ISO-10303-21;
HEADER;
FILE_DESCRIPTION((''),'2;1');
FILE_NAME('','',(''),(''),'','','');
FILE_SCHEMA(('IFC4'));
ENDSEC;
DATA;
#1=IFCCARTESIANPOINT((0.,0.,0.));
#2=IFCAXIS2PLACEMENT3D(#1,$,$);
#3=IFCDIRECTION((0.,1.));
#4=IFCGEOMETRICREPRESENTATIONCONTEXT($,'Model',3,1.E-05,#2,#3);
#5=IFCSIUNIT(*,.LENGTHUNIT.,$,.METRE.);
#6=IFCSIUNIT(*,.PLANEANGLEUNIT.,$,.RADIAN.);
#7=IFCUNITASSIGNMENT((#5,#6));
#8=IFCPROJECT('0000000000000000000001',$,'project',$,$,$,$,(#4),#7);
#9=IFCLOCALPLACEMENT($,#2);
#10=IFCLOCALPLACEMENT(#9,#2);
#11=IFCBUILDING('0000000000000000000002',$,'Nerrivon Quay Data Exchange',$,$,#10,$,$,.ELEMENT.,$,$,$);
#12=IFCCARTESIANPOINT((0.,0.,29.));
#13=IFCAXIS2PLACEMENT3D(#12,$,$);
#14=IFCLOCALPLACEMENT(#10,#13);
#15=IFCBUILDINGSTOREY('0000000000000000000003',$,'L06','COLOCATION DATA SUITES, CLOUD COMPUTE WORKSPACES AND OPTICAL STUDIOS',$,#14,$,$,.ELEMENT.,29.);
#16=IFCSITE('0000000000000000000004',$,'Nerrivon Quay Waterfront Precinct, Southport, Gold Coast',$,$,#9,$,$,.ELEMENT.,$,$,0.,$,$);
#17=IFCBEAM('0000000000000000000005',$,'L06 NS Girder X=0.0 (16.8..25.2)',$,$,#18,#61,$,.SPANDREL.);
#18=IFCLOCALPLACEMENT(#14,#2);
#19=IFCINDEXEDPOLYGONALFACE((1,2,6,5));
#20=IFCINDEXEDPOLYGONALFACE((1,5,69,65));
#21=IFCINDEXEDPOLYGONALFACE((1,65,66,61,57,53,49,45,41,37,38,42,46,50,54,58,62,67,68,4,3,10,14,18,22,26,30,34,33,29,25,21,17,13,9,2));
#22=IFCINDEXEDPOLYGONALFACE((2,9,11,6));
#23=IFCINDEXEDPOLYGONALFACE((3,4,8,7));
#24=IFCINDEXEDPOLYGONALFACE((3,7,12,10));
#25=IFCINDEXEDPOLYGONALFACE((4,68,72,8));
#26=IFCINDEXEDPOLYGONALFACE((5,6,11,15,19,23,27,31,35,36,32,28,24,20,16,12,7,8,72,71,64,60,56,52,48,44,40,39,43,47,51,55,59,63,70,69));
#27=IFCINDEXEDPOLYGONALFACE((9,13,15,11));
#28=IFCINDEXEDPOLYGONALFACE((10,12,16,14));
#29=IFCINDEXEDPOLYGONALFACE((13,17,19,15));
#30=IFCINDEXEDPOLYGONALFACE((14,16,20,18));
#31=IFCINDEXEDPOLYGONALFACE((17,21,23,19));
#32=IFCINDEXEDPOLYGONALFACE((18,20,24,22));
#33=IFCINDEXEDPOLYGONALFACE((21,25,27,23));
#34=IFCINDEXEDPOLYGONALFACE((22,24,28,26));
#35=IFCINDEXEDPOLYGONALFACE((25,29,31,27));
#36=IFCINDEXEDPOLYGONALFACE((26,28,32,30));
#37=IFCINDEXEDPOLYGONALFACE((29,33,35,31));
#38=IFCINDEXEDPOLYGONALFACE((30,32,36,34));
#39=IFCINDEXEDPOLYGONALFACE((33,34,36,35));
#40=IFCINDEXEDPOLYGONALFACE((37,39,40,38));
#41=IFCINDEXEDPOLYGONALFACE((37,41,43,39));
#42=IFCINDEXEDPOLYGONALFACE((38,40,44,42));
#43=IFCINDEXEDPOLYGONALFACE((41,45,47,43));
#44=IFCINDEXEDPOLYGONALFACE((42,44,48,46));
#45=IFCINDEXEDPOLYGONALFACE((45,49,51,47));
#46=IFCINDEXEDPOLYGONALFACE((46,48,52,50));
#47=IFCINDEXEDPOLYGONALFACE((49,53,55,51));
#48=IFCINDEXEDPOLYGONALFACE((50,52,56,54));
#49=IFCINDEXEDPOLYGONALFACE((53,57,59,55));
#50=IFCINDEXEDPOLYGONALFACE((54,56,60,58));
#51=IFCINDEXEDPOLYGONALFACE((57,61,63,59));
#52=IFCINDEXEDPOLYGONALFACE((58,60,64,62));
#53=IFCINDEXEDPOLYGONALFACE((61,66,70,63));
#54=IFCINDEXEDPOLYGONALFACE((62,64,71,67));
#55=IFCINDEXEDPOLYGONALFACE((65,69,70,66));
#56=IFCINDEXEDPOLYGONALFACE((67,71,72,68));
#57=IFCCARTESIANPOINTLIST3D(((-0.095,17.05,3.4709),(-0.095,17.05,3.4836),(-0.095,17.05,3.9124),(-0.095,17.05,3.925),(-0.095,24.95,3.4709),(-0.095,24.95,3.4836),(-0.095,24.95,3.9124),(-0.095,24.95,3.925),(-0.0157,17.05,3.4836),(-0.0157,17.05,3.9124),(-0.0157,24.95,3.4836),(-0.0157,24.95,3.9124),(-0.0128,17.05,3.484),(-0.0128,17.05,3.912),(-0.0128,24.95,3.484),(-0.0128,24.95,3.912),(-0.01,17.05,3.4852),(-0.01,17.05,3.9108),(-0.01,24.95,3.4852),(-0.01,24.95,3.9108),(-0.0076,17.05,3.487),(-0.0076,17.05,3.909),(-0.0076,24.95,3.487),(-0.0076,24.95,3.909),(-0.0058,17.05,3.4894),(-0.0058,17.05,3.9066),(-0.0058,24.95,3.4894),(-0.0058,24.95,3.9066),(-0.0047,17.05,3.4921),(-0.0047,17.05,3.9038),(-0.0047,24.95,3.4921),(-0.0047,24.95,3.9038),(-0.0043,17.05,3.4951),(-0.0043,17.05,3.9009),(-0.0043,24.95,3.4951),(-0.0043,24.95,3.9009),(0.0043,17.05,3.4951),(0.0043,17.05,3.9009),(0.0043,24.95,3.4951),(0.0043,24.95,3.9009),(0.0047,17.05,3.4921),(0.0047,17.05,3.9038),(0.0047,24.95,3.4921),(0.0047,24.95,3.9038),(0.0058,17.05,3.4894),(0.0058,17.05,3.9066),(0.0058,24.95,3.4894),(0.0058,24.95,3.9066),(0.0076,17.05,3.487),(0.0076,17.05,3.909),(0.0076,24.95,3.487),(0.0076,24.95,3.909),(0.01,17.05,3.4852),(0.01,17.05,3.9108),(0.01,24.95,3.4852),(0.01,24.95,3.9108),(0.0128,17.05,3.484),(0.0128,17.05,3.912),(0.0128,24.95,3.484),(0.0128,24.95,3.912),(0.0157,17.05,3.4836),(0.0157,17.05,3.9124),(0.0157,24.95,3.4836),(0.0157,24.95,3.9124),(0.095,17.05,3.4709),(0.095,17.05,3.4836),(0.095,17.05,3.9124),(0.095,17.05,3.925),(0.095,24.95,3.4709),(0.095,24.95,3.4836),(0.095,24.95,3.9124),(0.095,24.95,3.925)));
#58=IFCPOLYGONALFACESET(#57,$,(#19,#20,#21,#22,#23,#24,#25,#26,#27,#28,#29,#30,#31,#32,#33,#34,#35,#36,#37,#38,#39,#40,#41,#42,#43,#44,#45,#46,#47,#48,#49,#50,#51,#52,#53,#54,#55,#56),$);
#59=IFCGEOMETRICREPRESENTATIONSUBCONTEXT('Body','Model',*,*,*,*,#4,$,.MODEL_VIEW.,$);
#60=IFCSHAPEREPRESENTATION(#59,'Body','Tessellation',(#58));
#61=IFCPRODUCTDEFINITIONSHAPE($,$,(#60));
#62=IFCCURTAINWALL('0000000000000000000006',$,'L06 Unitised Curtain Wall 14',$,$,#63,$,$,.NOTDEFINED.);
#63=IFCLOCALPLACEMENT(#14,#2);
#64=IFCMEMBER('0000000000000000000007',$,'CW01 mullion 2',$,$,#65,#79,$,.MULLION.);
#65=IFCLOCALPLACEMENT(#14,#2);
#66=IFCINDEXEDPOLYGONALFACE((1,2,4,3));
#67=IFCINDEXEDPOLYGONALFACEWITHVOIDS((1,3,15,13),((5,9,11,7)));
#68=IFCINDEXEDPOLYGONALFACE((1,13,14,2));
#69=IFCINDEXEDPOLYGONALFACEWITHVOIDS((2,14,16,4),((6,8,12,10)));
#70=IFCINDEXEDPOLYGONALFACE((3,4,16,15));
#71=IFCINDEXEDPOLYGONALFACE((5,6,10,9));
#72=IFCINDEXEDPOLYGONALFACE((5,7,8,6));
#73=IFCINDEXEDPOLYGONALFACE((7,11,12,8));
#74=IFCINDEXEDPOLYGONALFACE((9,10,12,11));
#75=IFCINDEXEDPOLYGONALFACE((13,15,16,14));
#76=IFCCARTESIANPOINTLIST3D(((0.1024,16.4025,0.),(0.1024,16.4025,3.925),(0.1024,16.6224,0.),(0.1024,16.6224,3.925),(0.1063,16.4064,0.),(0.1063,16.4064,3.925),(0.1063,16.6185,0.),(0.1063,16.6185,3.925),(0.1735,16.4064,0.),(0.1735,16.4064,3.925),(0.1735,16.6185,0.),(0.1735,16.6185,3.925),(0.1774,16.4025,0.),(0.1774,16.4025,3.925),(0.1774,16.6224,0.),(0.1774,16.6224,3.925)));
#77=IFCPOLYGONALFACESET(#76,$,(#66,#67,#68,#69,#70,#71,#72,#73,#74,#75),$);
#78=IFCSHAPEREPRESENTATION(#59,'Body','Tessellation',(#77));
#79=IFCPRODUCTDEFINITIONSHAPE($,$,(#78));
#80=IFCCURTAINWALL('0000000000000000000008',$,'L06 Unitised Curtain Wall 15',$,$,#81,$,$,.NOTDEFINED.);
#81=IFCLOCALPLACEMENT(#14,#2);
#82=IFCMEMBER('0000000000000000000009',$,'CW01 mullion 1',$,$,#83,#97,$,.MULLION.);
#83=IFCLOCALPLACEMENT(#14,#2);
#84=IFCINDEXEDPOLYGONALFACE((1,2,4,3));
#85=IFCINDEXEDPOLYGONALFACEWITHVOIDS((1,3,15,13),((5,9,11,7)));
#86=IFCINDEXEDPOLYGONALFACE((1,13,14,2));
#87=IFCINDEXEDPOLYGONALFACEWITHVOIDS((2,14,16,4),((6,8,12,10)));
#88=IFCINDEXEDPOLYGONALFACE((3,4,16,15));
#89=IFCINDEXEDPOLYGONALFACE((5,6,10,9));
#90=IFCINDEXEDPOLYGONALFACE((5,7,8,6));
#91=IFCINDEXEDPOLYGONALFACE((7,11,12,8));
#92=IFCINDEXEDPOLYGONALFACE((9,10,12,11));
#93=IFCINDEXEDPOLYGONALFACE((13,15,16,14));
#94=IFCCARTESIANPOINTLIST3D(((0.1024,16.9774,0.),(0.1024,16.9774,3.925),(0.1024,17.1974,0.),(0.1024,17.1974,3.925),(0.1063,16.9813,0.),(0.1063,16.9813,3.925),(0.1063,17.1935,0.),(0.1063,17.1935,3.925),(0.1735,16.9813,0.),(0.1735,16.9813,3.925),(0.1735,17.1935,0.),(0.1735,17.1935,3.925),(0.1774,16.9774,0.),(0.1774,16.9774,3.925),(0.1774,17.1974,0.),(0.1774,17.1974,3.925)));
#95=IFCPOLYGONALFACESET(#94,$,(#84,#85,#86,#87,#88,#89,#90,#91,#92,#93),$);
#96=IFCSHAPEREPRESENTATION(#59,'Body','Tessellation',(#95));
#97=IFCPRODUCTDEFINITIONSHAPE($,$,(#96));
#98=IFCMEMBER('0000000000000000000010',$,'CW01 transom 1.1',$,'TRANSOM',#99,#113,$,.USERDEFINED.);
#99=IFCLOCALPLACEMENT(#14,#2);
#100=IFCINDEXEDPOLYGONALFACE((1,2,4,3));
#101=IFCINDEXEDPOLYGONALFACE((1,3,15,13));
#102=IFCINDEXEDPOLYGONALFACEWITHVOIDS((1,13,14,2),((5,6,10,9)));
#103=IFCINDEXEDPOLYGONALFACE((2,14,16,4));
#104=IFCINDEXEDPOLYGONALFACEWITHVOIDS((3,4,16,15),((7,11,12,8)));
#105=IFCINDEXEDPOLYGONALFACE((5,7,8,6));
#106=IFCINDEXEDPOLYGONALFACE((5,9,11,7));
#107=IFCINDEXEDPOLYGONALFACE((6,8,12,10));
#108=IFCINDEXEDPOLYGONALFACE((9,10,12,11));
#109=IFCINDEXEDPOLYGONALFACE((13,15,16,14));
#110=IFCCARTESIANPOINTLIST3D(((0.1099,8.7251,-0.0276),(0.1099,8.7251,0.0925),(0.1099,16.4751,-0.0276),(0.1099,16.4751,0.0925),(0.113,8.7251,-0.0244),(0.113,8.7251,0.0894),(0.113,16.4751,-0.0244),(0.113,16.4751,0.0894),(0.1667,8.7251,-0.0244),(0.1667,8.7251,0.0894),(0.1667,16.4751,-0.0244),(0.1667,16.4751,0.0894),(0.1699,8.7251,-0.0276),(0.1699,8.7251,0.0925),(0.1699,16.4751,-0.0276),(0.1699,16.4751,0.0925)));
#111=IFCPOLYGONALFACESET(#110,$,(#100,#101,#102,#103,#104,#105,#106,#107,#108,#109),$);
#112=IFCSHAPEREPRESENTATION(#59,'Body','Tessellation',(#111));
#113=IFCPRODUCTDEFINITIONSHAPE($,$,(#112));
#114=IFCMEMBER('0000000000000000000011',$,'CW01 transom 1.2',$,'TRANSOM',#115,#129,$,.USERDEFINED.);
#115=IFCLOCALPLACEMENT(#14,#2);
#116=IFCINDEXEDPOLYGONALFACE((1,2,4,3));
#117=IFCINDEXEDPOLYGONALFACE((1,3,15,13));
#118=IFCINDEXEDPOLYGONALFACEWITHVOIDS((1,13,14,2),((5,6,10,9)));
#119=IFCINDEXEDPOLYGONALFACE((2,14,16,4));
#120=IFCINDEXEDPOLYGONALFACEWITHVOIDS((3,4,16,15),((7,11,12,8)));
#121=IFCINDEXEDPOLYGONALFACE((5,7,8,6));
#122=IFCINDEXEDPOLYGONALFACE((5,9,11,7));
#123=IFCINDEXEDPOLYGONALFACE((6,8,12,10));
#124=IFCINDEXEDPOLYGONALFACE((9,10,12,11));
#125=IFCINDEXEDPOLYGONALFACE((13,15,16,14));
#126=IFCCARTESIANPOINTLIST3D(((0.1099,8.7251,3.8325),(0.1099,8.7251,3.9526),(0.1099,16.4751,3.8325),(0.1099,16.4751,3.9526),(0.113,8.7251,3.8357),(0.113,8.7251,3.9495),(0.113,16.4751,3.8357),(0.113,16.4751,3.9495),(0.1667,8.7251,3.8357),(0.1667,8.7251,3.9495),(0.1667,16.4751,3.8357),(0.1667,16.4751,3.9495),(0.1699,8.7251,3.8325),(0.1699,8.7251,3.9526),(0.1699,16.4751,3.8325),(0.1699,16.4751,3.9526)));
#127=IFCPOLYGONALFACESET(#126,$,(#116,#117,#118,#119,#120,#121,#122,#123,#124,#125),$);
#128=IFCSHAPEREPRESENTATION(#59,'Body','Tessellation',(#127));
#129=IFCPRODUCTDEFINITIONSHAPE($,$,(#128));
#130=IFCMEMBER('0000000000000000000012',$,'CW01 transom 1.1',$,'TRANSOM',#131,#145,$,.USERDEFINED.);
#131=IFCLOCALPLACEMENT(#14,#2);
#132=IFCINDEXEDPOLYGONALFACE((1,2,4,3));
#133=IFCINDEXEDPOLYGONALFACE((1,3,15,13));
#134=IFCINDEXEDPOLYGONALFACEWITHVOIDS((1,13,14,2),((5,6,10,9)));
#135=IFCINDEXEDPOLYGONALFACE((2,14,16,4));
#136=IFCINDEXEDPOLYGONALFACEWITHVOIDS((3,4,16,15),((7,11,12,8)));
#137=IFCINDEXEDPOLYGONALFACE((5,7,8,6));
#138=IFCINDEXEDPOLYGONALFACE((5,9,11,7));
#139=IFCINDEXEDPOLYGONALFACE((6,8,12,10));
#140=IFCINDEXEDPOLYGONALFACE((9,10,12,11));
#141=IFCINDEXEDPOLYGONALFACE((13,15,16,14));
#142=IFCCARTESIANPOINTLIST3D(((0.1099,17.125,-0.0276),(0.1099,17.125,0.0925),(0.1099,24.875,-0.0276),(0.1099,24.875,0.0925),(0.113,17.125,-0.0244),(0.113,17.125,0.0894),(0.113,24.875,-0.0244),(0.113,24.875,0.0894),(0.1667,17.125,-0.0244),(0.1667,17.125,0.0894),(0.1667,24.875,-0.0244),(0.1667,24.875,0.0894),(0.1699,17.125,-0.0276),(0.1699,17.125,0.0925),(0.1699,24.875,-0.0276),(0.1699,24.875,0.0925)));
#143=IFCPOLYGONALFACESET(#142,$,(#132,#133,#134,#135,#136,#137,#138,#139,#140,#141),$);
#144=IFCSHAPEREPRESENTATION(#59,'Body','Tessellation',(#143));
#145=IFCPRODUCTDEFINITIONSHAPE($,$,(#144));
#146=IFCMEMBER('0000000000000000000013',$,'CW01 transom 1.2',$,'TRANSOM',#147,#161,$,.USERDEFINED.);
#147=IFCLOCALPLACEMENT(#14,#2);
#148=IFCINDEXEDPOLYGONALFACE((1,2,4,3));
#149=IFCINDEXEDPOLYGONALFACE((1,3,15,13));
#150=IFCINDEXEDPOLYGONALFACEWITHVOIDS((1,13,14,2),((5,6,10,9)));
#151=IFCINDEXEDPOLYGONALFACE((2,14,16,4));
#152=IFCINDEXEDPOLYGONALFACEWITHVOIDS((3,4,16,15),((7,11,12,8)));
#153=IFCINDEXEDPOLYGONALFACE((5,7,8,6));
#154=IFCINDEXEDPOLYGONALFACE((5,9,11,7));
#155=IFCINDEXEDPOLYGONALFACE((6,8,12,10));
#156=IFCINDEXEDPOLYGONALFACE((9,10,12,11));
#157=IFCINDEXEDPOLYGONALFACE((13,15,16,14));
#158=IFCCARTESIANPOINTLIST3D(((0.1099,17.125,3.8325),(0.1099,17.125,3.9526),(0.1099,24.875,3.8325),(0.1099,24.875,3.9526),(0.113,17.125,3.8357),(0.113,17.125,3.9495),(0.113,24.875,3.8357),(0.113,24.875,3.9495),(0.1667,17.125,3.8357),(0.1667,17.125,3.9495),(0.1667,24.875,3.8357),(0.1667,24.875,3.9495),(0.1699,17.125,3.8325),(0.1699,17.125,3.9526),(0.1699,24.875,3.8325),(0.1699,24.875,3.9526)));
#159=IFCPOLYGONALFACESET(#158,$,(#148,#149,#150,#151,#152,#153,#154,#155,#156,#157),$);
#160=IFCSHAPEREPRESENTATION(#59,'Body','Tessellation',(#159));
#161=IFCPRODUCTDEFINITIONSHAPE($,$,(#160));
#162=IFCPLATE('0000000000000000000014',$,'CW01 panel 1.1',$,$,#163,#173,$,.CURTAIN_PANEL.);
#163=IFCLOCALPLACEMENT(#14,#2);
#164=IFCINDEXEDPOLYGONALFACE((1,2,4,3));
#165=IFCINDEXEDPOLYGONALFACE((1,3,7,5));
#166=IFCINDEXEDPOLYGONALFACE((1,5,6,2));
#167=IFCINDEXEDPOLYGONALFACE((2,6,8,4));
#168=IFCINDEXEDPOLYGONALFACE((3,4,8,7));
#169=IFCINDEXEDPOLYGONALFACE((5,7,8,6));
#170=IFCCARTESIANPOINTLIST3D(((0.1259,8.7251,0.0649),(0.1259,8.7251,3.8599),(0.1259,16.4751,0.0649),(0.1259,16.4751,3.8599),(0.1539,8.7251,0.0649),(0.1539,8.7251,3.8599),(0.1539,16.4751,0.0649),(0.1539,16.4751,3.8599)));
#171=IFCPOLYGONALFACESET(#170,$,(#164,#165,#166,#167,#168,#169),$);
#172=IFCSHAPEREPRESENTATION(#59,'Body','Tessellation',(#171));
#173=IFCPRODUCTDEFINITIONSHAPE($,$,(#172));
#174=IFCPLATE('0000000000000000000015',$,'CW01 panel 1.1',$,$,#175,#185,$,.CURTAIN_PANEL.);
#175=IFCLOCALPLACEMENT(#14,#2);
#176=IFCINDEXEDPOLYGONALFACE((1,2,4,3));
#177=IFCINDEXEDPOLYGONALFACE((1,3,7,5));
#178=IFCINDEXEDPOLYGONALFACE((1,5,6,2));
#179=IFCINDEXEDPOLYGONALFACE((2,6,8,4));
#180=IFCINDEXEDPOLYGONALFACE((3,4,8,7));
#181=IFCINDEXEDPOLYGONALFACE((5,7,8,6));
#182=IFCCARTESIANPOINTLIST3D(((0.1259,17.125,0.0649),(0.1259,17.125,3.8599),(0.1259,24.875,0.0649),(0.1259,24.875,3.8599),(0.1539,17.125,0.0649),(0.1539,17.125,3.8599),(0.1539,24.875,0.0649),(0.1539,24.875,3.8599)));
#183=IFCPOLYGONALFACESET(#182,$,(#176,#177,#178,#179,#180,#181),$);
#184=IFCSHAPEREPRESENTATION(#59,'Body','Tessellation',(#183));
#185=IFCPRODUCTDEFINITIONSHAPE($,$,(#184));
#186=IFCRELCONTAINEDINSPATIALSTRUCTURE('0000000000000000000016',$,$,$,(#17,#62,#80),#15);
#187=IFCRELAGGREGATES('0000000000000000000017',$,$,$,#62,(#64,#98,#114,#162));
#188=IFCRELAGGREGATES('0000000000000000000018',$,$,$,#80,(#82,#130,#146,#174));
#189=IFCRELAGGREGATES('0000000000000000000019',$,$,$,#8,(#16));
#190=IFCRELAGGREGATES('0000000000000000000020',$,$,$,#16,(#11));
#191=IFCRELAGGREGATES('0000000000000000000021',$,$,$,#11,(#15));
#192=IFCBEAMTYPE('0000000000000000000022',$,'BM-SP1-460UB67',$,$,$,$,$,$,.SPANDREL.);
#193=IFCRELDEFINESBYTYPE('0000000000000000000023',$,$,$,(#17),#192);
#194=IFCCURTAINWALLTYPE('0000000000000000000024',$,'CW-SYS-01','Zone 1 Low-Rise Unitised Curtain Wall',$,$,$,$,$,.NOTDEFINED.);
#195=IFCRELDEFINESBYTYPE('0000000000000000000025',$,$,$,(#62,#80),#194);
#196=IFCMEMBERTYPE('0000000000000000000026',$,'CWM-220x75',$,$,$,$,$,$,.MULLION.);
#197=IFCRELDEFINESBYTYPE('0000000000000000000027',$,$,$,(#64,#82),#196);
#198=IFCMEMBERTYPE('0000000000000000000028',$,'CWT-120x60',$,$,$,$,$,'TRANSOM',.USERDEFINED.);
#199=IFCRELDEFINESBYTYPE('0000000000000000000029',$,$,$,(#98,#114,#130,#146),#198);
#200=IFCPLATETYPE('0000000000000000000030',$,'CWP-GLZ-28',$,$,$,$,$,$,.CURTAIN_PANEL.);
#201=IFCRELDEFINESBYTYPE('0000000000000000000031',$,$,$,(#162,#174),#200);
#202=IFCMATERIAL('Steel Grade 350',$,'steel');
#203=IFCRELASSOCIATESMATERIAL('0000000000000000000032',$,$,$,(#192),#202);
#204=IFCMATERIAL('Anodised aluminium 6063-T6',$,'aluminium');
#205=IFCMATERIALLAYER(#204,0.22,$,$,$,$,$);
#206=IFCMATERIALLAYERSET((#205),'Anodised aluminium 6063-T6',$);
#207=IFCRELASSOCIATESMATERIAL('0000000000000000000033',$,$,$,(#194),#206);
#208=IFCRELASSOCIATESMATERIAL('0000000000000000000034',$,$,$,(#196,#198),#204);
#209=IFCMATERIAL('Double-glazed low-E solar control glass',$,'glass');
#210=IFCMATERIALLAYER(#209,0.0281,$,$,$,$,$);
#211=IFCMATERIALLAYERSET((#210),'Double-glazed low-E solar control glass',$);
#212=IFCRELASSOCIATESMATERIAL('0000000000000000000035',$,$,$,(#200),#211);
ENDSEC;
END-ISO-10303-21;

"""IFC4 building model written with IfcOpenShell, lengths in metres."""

from ifc_helpers import new_model, si_unit, direction, frame, origin, origin_2d, place, context, subcontext, project, spatial, rectangle, hollow_rectangle, i_section, extrude, material, layer, layer_set, material_profile, profile_set, type_object, element, aggregate, save


model = new_model("IFC4")

# Units and contexts
model_context = context("Model", 3, precision=1e-05, world=origin(), true_north=direction((0.0, 1.0)))
body_context = subcontext(model_context, "Body", "Model", "MODEL_VIEW")
ifc_project = project(units=[si_unit("LENGTHUNIT", "METRE"), si_unit("PLANEANGLEUNIT", "RADIAN")], contexts=[model_context])

# Site, building, storey
site_placement = place(None, origin())
site = spatial("IfcSite", under=ifc_project, at=site_placement, Name="Nerrivon Quay Waterfront Precinct, Southport, Gold Coast", CompositionType="ELEMENT", RefElevation=0.0)
building_placement = place(site_placement, origin())
building = spatial("IfcBuilding", under=site, at=building_placement, Name="Nerrivon Quay Data Exchange", CompositionType="ELEMENT")
storey_placement = place(building_placement, frame((0.0, 0.0, 29.0)))
storey = spatial("IfcBuildingStorey", under=building, at=storey_placement, Name="L06", Description="COLOCATION DATA SUITES, CLOUD COMPUTE WORKSPACES AND OPTICAL STUDIOS", CompositionType="ELEMENT", Elevation=29.0)

# Shared definitions
ifc_material_1 = material(Name="Steel Grade 350", Category="steel")

# Beam
ifc_material_profile_1 = material_profile(ifc_material_1, i_section(OverallWidth=0.1899, OverallDepth=0.4541, WebThickness=0.0085, FlangeThickness=0.0127, FilletRadius=0.0115, at=origin_2d()), Name="460UB67.1")
ifc_profile_set_1 = profile_set([ifc_material_profile_1], Name="Steel Grade 350")
beam_type_1 = type_object("IfcBeamType", Name="BM-SP1-460UB67", PredefinedType="SPANDREL", material=ifc_profile_set_1)
beam_1_placement = place(storey_placement, frame((0.0, 17.05, 3.698), z_axis=(0.0, 1.0, 0.0), x_axis=(-1.0, 0.0, 0.0)))
element("IfcBeam", 1, at=beam_1_placement, inside=storey, type_object=beam_type_1, Name="L06 NS Girder X=0.0 (16.8..25.2)", PredefinedType="SPANDREL", context=body_context, shape_type="SweptSolid", body=[
    extrude(i_section(OverallWidth=0.1899, OverallDepth=0.4541, WebThickness=0.0085, FlangeThickness=0.0127, FilletRadius=0.0115, at=origin_2d()), origin(), (0.0, 0.0, 1.0), 7.8999),
])

# Curtain walls, members
ifc_material_2 = material(Name="Anodised aluminium 6063-T6", Category="aluminium")
ifc_layer_1 = layer(ifc_material_2, 0.22)
ifc_layer_set_1 = layer_set([ifc_layer_1], Name="Anodised aluminium 6063-T6")
curtain_wall_type = type_object("IfcCurtainWallType", Name="CW-SYS-01", Description="Zone 1 Low-Rise Unitised Curtain Wall", PredefinedType="NOTDEFINED", material=ifc_layer_set_1)
curtain_wall_1_placement = place(storey_placement, origin())
curtain_wall_1 = element("IfcCurtainWall", 2, at=curtain_wall_1_placement, inside=storey, type_object=curtain_wall_type, Name="L06 Unitised Curtain Wall 14", PredefinedType="NOTDEFINED")
ifc_material_profile_2 = material_profile(ifc_material_2, hollow_rectangle(XDim=0.075, YDim=0.22, WallThickness=0.0039, at=origin_2d()), Name="ALU-MULL-220x75")
ifc_profile_set_2 = profile_set([ifc_material_profile_2], Name="Anodised aluminium 6063-T6")
member_type_1 = type_object("IfcMemberType", Name="CWM-220x75", PredefinedType="MULLION", material=ifc_profile_set_2)
member_1_placement = place(storey_placement, frame((0.1399, 16.5125, 0.0), z_axis=(0.0, 0.0, 1.0), x_axis=(-1.0, 0.0, 0.0)))
member_1 = element("IfcMember", 3, at=member_1_placement, type_object=member_type_1, Name="CW01 mullion 2", PredefinedType="MULLION", context=body_context, shape_type="SweptSolid", body=[
    extrude(hollow_rectangle(XDim=0.075, YDim=0.22, WallThickness=0.0039, at=origin_2d()), origin(), (0.0, 0.0, 1.0), 3.925),
])
curtain_wall_2_placement = place(storey_placement, origin())
curtain_wall_2 = element("IfcCurtainWall", 4, at=curtain_wall_2_placement, inside=storey, type_object=curtain_wall_type, Name="L06 Unitised Curtain Wall 15", PredefinedType="NOTDEFINED")
member_2_placement = place(storey_placement, frame((0.1399, 17.0874, 0.0), z_axis=(0.0, 0.0, 1.0), x_axis=(-1.0, 0.0, 0.0)))
member_2 = element("IfcMember", 5, at=member_2_placement, type_object=member_type_1, Name="CW01 mullion 1", PredefinedType="MULLION", context=body_context, shape_type="SweptSolid", body=[
    extrude(hollow_rectangle(XDim=0.075, YDim=0.22, WallThickness=0.0039, at=origin_2d()), origin(), (0.0, 0.0, 1.0), 3.925),
])

# Members
ifc_material_profile_3 = material_profile(ifc_material_2, hollow_rectangle(XDim=0.0601, YDim=0.1201, WallThickness=0.0032, at=origin_2d()), Name="ALU-TRAN-120x60")
ifc_profile_set_3 = profile_set([ifc_material_profile_3], Name="Anodised aluminium 6063-T6")
member_type_2 = type_object("IfcMemberType", Name="CWT-120x60", ElementType="TRANSOM", PredefinedType="USERDEFINED", material=ifc_profile_set_3)
member_3_placement = place(storey_placement, frame((0.1399, 8.7251, 0.0325), z_axis=(0.0, 1.0, 0.0), x_axis=(-1.0, 0.0, 0.0)))
member_3 = element("IfcMember", 6, at=member_3_placement, type_object=member_type_2, Name="CW01 transom 1.1", ObjectType="TRANSOM", PredefinedType="USERDEFINED", context=body_context, shape_type="SweptSolid", body=[
    extrude(hollow_rectangle(XDim=0.0601, YDim=0.1201, WallThickness=0.0032, at=origin_2d()), origin(), (0.0, 0.0, 1.0), 7.75),
])
member_4_placement = place(storey_placement, frame((0.1399, 8.7251, 3.8926), z_axis=(0.0, 1.0, 0.0), x_axis=(-1.0, 0.0, 0.0)))
member_4 = element("IfcMember", 7, at=member_4_placement, type_object=member_type_2, Name="CW01 transom 1.2", ObjectType="TRANSOM", PredefinedType="USERDEFINED", context=body_context, shape_type="SweptSolid", body=[
    extrude(hollow_rectangle(XDim=0.0601, YDim=0.1201, WallThickness=0.0032, at=origin_2d()), origin(), (0.0, 0.0, 1.0), 7.75),
])
member_5_placement = place(storey_placement, frame((0.1399, 17.125, 0.0325), z_axis=(0.0, 1.0, 0.0), x_axis=(-1.0, 0.0, 0.0)))
member_5 = element("IfcMember", 8, at=member_5_placement, type_object=member_type_2, Name="CW01 transom 1.1", ObjectType="TRANSOM", PredefinedType="USERDEFINED", context=body_context, shape_type="SweptSolid", body=[
    extrude(hollow_rectangle(XDim=0.0601, YDim=0.1201, WallThickness=0.0032, at=origin_2d()), origin(), (0.0, 0.0, 1.0), 7.75),
])
member_6_placement = place(storey_placement, frame((0.1399, 17.125, 3.8926), z_axis=(0.0, 1.0, 0.0), x_axis=(-1.0, 0.0, 0.0)))
member_6 = element("IfcMember", 9, at=member_6_placement, type_object=member_type_2, Name="CW01 transom 1.2", ObjectType="TRANSOM", PredefinedType="USERDEFINED", context=body_context, shape_type="SweptSolid", body=[
    extrude(hollow_rectangle(XDim=0.0601, YDim=0.1201, WallThickness=0.0032, at=origin_2d()), origin(), (0.0, 0.0, 1.0), 7.75),
])

# Plates
ifc_material_3 = material(Name="Double-glazed low-E solar control glass", Category="glass")
ifc_layer_2 = layer(ifc_material_3, 0.0281)
ifc_layer_set_2 = layer_set([ifc_layer_2], Name="Double-glazed low-E solar control glass")
plate_type = type_object("IfcPlateType", Name="CWP-GLZ-28", PredefinedType="CURTAIN_PANEL", material=ifc_layer_set_2)
plate_1_placement = place(storey_placement, frame((0.1399, 12.6001, 0.0649), z_axis=(0.0, 0.0, 1.0), x_axis=(0.0, 1.0, 0.0)))
plate_1 = element("IfcPlate", 10, at=plate_1_placement, type_object=plate_type, Name="CW01 panel 1.1", PredefinedType="CURTAIN_PANEL", context=body_context, shape_type="SweptSolid", body=[
    extrude(rectangle(XDim=7.75, YDim=0.0281, at=origin_2d()), origin(), (0.0, 0.0, 1.0), 3.7949),
])
aggregate(curtain_wall_1, [member_1, member_3, member_4, plate_1])
plate_2_placement = place(storey_placement, frame((0.1399, 21.0, 0.0649), z_axis=(0.0, 0.0, 1.0), x_axis=(0.0, 1.0, 0.0)))
plate_2 = element("IfcPlate", 11, at=plate_2_placement, type_object=plate_type, Name="CW01 panel 1.1", PredefinedType="CURTAIN_PANEL", context=body_context, shape_type="SweptSolid", body=[
    extrude(rectangle(XDim=7.75, YDim=0.0281, at=origin_2d()), origin(), (0.0, 0.0, 1.0), 3.7949),
])
aggregate(curtain_wall_2, [member_2, member_5, member_6, plate_2])

save(model, "model.ifc")
